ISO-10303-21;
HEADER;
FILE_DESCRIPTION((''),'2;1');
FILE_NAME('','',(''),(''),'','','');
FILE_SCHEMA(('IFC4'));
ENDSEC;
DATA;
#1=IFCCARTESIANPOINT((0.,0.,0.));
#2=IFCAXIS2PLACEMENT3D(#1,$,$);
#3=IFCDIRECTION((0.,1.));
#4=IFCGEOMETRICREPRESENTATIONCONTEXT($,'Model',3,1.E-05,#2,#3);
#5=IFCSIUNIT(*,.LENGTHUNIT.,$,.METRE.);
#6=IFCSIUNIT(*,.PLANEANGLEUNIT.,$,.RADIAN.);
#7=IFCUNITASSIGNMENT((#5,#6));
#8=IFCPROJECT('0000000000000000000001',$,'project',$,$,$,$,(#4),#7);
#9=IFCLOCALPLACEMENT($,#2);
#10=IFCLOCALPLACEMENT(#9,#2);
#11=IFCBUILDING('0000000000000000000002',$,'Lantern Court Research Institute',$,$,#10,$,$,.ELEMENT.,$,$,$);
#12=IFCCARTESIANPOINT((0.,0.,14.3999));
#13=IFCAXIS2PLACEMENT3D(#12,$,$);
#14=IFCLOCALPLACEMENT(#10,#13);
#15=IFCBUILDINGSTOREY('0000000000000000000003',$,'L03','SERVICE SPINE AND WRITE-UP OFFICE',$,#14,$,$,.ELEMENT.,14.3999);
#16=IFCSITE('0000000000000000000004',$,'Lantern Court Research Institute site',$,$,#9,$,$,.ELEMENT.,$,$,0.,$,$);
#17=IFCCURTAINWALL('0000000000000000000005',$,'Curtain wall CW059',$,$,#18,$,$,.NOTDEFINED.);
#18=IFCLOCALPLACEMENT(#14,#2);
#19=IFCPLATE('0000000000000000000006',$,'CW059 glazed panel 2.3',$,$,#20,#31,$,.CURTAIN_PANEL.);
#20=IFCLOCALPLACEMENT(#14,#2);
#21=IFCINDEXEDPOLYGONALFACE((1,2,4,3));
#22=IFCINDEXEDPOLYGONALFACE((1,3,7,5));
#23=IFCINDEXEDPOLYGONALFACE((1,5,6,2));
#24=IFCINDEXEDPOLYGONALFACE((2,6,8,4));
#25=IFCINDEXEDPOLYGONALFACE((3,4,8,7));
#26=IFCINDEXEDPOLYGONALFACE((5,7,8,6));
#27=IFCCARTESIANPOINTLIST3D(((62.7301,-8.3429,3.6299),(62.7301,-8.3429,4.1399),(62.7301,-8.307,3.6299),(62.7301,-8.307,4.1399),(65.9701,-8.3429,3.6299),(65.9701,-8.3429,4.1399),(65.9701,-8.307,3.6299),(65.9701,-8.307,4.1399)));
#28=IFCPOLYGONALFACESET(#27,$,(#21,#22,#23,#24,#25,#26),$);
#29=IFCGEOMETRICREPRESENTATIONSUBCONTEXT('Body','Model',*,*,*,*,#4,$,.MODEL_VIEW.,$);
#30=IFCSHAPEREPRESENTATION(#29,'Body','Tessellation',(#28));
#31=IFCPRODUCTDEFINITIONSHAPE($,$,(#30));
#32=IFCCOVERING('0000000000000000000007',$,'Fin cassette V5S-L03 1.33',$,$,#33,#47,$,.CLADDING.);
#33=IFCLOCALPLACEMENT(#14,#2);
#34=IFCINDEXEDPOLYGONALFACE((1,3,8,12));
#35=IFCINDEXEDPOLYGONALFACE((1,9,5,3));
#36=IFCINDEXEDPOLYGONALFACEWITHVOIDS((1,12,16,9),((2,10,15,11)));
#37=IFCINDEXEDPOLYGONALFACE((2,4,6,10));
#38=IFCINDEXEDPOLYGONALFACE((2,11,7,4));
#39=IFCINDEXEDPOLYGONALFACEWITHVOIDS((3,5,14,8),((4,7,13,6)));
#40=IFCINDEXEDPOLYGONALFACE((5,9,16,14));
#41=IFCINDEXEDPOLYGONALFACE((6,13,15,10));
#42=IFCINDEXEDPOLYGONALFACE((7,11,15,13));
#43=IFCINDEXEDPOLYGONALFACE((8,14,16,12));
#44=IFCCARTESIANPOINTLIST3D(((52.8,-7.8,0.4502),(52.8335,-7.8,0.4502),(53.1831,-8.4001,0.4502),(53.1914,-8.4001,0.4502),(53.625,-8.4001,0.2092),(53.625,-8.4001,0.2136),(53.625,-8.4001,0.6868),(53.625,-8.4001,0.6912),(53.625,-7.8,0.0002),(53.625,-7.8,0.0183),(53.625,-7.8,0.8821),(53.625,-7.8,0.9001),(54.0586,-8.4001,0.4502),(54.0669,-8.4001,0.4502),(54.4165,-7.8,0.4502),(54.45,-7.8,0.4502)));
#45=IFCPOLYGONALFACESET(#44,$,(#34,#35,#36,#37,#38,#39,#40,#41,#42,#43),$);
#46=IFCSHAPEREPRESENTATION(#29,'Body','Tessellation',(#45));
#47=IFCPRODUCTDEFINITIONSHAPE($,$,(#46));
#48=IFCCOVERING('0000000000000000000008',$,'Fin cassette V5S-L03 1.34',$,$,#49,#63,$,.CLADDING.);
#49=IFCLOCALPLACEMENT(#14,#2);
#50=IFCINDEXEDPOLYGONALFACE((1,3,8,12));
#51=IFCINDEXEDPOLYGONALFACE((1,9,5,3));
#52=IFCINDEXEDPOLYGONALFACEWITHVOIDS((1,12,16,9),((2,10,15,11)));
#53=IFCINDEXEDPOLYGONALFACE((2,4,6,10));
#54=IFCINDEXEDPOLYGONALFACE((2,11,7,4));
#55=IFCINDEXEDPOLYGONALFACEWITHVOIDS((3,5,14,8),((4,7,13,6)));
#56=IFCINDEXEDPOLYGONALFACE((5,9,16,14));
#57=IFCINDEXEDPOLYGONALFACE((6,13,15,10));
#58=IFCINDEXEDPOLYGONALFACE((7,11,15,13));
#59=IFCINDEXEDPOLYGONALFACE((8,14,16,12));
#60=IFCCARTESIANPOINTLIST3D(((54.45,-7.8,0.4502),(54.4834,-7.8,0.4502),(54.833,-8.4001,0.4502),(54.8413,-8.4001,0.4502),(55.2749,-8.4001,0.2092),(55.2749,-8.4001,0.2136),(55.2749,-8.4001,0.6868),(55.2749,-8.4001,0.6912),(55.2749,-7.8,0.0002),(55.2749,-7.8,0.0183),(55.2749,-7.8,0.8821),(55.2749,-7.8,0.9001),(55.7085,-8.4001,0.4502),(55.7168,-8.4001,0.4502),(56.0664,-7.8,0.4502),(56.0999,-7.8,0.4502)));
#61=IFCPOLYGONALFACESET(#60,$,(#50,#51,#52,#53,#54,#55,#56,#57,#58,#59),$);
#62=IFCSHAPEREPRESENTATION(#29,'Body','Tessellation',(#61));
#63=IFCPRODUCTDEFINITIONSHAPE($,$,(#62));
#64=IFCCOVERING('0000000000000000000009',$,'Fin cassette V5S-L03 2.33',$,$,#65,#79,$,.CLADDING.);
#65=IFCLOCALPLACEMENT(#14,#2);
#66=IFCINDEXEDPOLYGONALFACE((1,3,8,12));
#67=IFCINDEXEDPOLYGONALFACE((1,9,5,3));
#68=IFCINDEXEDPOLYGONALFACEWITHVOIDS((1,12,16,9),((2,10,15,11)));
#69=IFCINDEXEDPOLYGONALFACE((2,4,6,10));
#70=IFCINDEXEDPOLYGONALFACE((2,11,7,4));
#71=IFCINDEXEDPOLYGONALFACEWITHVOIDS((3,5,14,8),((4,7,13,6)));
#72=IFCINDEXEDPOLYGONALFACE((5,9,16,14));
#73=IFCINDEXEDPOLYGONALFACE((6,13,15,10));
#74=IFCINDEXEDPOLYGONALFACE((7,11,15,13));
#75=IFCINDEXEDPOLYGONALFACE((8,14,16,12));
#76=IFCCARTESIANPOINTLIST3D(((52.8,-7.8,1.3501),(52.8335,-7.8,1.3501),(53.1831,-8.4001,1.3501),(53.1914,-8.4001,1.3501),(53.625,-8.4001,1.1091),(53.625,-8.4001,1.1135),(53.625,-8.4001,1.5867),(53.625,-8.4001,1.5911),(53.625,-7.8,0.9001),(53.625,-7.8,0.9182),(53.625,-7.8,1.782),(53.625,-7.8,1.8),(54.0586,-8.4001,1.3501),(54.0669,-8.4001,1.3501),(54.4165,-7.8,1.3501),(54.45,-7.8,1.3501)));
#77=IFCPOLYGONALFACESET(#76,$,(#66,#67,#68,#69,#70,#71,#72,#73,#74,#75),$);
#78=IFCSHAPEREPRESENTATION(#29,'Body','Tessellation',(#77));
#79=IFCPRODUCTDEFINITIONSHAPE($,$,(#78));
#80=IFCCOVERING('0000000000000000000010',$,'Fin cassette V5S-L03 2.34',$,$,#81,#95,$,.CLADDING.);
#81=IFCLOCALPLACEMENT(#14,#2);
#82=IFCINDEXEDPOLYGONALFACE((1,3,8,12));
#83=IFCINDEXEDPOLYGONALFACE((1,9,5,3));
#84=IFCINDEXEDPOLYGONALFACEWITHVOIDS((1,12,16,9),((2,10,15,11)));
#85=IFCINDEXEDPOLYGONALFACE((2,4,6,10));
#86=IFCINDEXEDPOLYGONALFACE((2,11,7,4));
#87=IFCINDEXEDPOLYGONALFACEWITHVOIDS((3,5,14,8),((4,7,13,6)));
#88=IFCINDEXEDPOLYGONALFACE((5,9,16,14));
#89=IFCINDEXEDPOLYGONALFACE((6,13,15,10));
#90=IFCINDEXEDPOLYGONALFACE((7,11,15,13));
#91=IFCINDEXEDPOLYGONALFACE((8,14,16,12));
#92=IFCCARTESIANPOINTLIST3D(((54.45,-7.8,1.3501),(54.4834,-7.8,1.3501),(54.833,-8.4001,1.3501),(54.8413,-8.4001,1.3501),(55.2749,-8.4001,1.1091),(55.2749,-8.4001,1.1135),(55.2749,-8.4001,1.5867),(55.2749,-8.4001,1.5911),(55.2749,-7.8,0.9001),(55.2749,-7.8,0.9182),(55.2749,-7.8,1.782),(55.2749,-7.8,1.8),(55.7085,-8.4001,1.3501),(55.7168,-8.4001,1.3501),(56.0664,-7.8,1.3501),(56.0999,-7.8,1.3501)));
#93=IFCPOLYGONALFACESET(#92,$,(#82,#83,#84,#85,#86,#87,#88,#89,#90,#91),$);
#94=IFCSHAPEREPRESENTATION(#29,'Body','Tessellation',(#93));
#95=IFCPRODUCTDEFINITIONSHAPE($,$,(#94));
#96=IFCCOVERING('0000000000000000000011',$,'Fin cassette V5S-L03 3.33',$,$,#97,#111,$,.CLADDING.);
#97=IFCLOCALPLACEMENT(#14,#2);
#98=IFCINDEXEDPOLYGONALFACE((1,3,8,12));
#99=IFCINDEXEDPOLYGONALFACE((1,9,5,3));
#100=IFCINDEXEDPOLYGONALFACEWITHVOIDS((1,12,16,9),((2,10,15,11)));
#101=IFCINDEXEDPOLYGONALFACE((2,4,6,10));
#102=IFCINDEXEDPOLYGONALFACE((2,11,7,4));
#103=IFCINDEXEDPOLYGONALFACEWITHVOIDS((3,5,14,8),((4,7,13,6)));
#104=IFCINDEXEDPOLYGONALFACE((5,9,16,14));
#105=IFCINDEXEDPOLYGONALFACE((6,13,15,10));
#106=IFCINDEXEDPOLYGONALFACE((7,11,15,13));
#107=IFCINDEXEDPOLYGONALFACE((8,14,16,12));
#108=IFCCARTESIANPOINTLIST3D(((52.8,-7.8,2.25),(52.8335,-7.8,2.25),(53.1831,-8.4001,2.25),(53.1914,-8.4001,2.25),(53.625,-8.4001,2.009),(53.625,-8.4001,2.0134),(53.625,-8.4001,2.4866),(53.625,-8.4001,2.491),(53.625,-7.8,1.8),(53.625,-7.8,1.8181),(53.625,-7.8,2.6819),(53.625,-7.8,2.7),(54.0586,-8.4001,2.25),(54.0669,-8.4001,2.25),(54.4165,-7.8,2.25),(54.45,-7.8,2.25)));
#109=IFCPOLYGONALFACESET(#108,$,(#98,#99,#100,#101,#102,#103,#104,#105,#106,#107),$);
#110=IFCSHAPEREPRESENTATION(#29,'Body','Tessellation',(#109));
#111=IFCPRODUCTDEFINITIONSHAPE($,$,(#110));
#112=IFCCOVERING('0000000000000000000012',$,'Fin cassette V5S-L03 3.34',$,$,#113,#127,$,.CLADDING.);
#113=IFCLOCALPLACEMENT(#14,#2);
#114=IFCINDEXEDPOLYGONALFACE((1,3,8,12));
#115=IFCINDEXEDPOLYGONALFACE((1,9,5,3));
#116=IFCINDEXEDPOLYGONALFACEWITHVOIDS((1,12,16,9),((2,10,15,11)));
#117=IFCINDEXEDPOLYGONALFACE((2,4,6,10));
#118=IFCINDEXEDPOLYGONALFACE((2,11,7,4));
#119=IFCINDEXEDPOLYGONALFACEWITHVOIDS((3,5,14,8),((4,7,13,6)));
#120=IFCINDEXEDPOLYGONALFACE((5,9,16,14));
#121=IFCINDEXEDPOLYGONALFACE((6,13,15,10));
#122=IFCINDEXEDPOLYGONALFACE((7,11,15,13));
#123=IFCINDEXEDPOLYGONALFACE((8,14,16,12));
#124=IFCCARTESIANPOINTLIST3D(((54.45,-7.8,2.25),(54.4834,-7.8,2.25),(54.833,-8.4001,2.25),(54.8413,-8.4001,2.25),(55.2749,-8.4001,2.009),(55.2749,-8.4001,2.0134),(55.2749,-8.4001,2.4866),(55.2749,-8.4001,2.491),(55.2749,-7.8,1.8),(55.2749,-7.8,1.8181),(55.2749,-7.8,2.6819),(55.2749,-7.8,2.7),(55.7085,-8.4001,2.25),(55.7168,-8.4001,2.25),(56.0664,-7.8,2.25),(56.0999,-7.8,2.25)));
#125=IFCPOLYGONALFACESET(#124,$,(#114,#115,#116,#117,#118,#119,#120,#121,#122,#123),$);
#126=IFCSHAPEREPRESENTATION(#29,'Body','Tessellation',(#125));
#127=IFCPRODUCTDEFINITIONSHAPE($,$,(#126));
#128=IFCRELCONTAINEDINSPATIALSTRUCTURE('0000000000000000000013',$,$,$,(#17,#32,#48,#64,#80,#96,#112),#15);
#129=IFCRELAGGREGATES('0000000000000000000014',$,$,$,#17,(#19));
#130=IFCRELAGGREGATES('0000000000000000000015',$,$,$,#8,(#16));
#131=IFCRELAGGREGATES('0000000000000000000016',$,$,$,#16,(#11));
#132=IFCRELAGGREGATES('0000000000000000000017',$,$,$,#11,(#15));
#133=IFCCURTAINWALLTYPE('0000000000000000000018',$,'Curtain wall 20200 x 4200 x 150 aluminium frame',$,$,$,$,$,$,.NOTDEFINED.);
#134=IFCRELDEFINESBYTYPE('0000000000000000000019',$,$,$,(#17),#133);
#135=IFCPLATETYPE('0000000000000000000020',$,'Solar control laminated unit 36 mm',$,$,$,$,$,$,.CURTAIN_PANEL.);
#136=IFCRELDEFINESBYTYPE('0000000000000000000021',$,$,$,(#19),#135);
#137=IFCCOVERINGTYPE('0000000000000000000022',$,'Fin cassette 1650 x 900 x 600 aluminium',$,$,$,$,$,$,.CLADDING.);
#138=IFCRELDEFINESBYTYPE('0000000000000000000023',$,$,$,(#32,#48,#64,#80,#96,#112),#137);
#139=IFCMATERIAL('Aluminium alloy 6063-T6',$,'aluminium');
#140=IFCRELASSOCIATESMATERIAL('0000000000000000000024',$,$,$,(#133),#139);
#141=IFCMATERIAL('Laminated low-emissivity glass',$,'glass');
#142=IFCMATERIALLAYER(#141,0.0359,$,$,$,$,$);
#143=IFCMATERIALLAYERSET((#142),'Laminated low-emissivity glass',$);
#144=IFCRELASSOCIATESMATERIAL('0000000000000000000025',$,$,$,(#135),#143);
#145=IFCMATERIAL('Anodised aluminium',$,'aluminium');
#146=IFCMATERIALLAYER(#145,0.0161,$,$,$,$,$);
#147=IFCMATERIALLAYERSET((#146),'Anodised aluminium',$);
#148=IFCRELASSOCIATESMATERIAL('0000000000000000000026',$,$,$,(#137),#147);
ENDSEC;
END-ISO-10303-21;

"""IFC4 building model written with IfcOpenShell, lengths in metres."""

from ifc_helpers import new_model, entity, si_unit, direction, frame, origin, origin_2d, place, context, subcontext, project, spatial, rectangle, extrude, material, layer, layer_set, type_object, element, aggregate, save


model = new_model("IFC4")

# Units and contexts
model_context = context("Model", 3, precision=1e-05, world=origin(), true_north=direction((0.0, 1.0)))
body_context = subcontext(model_context, "Body", "Model", "MODEL_VIEW")
ifc_project = project(units=[si_unit("LENGTHUNIT", "METRE"), si_unit("PLANEANGLEUNIT", "RADIAN")], contexts=[model_context])

# Site, building, storey
site_placement = place(None, origin())
site = spatial("IfcSite", under=ifc_project, at=site_placement, Name="Lantern Court Research Institute site", CompositionType="ELEMENT", RefElevation=0.0)
building_placement = place(site_placement, origin())
building = spatial("IfcBuilding", under=site, at=building_placement, Name="Lantern Court Research Institute", CompositionType="ELEMENT")
storey_placement = place(building_placement, frame((0.0, 0.0, 14.3999)))
storey = spatial("IfcBuildingStorey", under=building, at=storey_placement, Name="L03", Description="SERVICE SPINE AND WRITE-UP OFFICE", CompositionType="ELEMENT", Elevation=14.3999)

# Curtain wall, plate
ifc_material_1 = material(Name="Aluminium alloy 6063-T6", Category="aluminium")
curtain_wall_type = type_object("IfcCurtainWallType", Name="Curtain wall 20200 x 4200 x 150 aluminium frame", PredefinedType="NOTDEFINED", material=ifc_material_1)
curtain_wall_placement = place(storey_placement, origin())
curtain_wall = element("IfcCurtainWall", 1, at=curtain_wall_placement, inside=storey, type_object=curtain_wall_type, Name="Curtain wall CW059", PredefinedType="NOTDEFINED")
ifc_material_2 = material(Name="Laminated low-emissivity glass", Category="glass")
ifc_layer_1 = layer(ifc_material_2, 0.0359)
ifc_layer_set_1 = layer_set([ifc_layer_1], Name="Laminated low-emissivity glass")
plate_type_1 = type_object("IfcPlateType", Name="Solar control laminated unit 36 mm", PredefinedType="CURTAIN_PANEL", material=ifc_layer_set_1)
plate_1_placement = place(storey_placement, frame((64.3501, -8.325, 3.6299), z_axis=(0.0, 0.0, 1.0), x_axis=(-1.0, 0.0, 0.0)))
plate_1 = element("IfcPlate", 2, at=plate_1_placement, type_object=plate_type_1, Name="CW059 glazed panel 2.3", PredefinedType="CURTAIN_PANEL", context=body_context, shape_type="SweptSolid", body=[
    extrude(rectangle(XDim=3.24, YDim=0.0359, at=origin_2d()), origin(), (0.0, 0.0, 1.0), 0.51),
])
aggregate(curtain_wall, [plate_1])

# Coverings
ifc_material_3 = material(Name="Anodised aluminium", Category="aluminium")
ifc_layer_2 = layer(ifc_material_3, 0.0161)
ifc_layer_set_2 = layer_set([ifc_layer_2], Name="Anodised aluminium")
covering_type = type_object("IfcCoveringType", Name="Fin cassette 1650 x 900 x 600 aluminium", PredefinedType="CLADDING", material=ifc_layer_set_2)
covering_1_placement = place(storey_placement, frame((53.625, -7.8, 0.4502), z_axis=(0.0, -1.0, 0.0), x_axis=(1.0, 0.0, 0.0)))
cartesian_point_1 = entity("IfcCartesianPoint", [0.825, 0.0])
cartesian_point_2 = entity("IfcCartesianPoint", [0.7915, 0.0])
cartesian_point_3 = entity("IfcCartesianPoint", [0.4419, 0.0])
cartesian_point_4 = entity("IfcCartesianPoint", [0.4336, 0.0])
element("IfcCovering", 3, at=covering_1_placement, inside=storey, type_object=covering_type, Name="Fin cassette V5S-L03 1.33", PredefinedType="CLADDING", context=body_context, shape_type="SweptSolid", body=[
    entity("IfcExtrudedAreaSolidTapered", entity("IfcArbitraryProfileDefWithVoids", "AREA", None, entity("IfcPolyline", [cartesian_point_1, entity("IfcCartesianPoint", [0.0, 0.45]), entity("IfcCartesianPoint", [-0.825, 0.0]), entity("IfcCartesianPoint", [0.0, -0.45]), cartesian_point_1]), [entity("IfcPolyline", [cartesian_point_2, entity("IfcCartesianPoint", [0.0, 0.4319]), entity("IfcCartesianPoint", [-0.7915, 0.0]), entity("IfcCartesianPoint", [0.0, -0.4319]), cartesian_point_2])]), entity("IfcAxis2Placement3D", entity("IfcCartesianPoint", [0.0, 0.0, 0.0])), entity("IfcDirection", [0.0, 0.0, 1.0]), 0.6001, entity("IfcArbitraryProfileDefWithVoids", "AREA", None, entity("IfcPolyline", [cartesian_point_3, entity("IfcCartesianPoint", [0.0, 0.241]), entity("IfcCartesianPoint", [-0.4419, 0.0]), entity("IfcCartesianPoint", [0.0, -0.241]), cartesian_point_3]), [entity("IfcPolyline", [cartesian_point_4, entity("IfcCartesianPoint", [0.0, 0.2366]), entity("IfcCartesianPoint", [-0.4336, 0.0]), entity("IfcCartesianPoint", [0.0, -0.2366]), cartesian_point_4])])),
])
covering_2_placement = place(storey_placement, frame((55.2749, -7.8, 0.4502), z_axis=(0.0, -1.0, 0.0), x_axis=(1.0, 0.0, 0.0)))
cartesian_point_5 = entity("IfcCartesianPoint", [0.825, 0.0])
cartesian_point_6 = entity("IfcCartesianPoint", [0.7915, 0.0])
cartesian_point_7 = entity("IfcCartesianPoint", [0.4419, 0.0])
cartesian_point_8 = entity("IfcCartesianPoint", [0.4336, 0.0])
element("IfcCovering", 4, at=covering_2_placement, inside=storey, type_object=covering_type, Name="Fin cassette V5S-L03 1.34", PredefinedType="CLADDING", context=body_context, shape_type="SweptSolid", body=[
    entity("IfcExtrudedAreaSolidTapered", entity("IfcArbitraryProfileDefWithVoids", "AREA", None, entity("IfcPolyline", [cartesian_point_5, entity("IfcCartesianPoint", [0.0, 0.45]), entity("IfcCartesianPoint", [-0.825, 0.0]), entity("IfcCartesianPoint", [0.0, -0.45]), cartesian_point_5]), [entity("IfcPolyline", [cartesian_point_6, entity("IfcCartesianPoint", [0.0, 0.4319]), entity("IfcCartesianPoint", [-0.7915, 0.0]), entity("IfcCartesianPoint", [0.0, -0.4319]), cartesian_point_6])]), entity("IfcAxis2Placement3D", entity("IfcCartesianPoint", [0.0, 0.0, 0.0])), entity("IfcDirection", [0.0, 0.0, 1.0]), 0.6001, entity("IfcArbitraryProfileDefWithVoids", "AREA", None, entity("IfcPolyline", [cartesian_point_7, entity("IfcCartesianPoint", [0.0, 0.241]), entity("IfcCartesianPoint", [-0.4419, 0.0]), entity("IfcCartesianPoint", [0.0, -0.241]), cartesian_point_7]), [entity("IfcPolyline", [cartesian_point_8, entity("IfcCartesianPoint", [0.0, 0.2366]), entity("IfcCartesianPoint", [-0.4336, 0.0]), entity("IfcCartesianPoint", [0.0, -0.2366]), cartesian_point_8])])),
])
covering_3_placement = place(storey_placement, frame((53.625, -7.8, 1.3501), z_axis=(0.0, -1.0, 0.0), x_axis=(1.0, 0.0, 0.0)))
cartesian_point_9 = entity("IfcCartesianPoint", [0.825, 0.0])
cartesian_point_10 = entity("IfcCartesianPoint", [0.7915, 0.0])
cartesian_point_11 = entity("IfcCartesianPoint", [0.4419, 0.0])
cartesian_point_12 = entity("IfcCartesianPoint", [0.4336, 0.0])
element("IfcCovering", 5, at=covering_3_placement, inside=storey, type_object=covering_type, Name="Fin cassette V5S-L03 2.33", PredefinedType="CLADDING", context=body_context, shape_type="SweptSolid", body=[
    entity("IfcExtrudedAreaSolidTapered", entity("IfcArbitraryProfileDefWithVoids", "AREA", None, entity("IfcPolyline", [cartesian_point_9, entity("IfcCartesianPoint", [0.0, 0.45]), entity("IfcCartesianPoint", [-0.825, 0.0]), entity("IfcCartesianPoint", [0.0, -0.45]), cartesian_point_9]), [entity("IfcPolyline", [cartesian_point_10, entity("IfcCartesianPoint", [0.0, 0.4319]), entity("IfcCartesianPoint", [-0.7915, 0.0]), entity("IfcCartesianPoint", [0.0, -0.4319]), cartesian_point_10])]), entity("IfcAxis2Placement3D", entity("IfcCartesianPoint", [0.0, 0.0, 0.0])), entity("IfcDirection", [0.0, 0.0, 1.0]), 0.6001, entity("IfcArbitraryProfileDefWithVoids", "AREA", None, entity("IfcPolyline", [cartesian_point_11, entity("IfcCartesianPoint", [0.0, 0.241]), entity("IfcCartesianPoint", [-0.4419, 0.0]), entity("IfcCartesianPoint", [0.0, -0.241]), cartesian_point_11]), [entity("IfcPolyline", [cartesian_point_12, entity("IfcCartesianPoint", [0.0, 0.2366]), entity("IfcCartesianPoint", [-0.4336, 0.0]), entity("IfcCartesianPoint", [0.0, -0.2366]), cartesian_point_12])])),
])
covering_4_placement = place(storey_placement, frame((55.2749, -7.8, 1.3501), z_axis=(0.0, -1.0, 0.0), x_axis=(1.0, 0.0, 0.0)))
cartesian_point_13 = entity("IfcCartesianPoint", [0.825, 0.0])
cartesian_point_14 = entity("IfcCartesianPoint", [0.7915, 0.0])
cartesian_point_15 = entity("IfcCartesianPoint", [0.4419, 0.0])
cartesian_point_16 = entity("IfcCartesianPoint", [0.4336, 0.0])
element("IfcCovering", 6, at=covering_4_placement, inside=storey, type_object=covering_type, Name="Fin cassette V5S-L03 2.34", PredefinedType="CLADDING", context=body_context, shape_type="SweptSolid", body=[
    entity("IfcExtrudedAreaSolidTapered", entity("IfcArbitraryProfileDefWithVoids", "AREA", None, entity("IfcPolyline", [cartesian_point_13, entity("IfcCartesianPoint", [0.0, 0.45]), entity("IfcCartesianPoint", [-0.825, 0.0]), entity("IfcCartesianPoint", [0.0, -0.45]), cartesian_point_13]), [entity("IfcPolyline", [cartesian_point_14, entity("IfcCartesianPoint", [0.0, 0.4319]), entity("IfcCartesianPoint", [-0.7915, 0.0]), entity("IfcCartesianPoint", [0.0, -0.4319]), cartesian_point_14])]), entity("IfcAxis2Placement3D", entity("IfcCartesianPoint", [0.0, 0.0, 0.0])), entity("IfcDirection", [0.0, 0.0, 1.0]), 0.6001, entity("IfcArbitraryProfileDefWithVoids", "AREA", None, entity("IfcPolyline", [cartesian_point_15, entity("IfcCartesianPoint", [0.0, 0.241]), entity("IfcCartesianPoint", [-0.4419, 0.0]), entity("IfcCartesianPoint", [0.0, -0.241]), cartesian_point_15]), [entity("IfcPolyline", [cartesian_point_16, entity("IfcCartesianPoint", [0.0, 0.2366]), entity("IfcCartesianPoint", [-0.4336, 0.0]), entity("IfcCartesianPoint", [0.0, -0.2366]), cartesian_point_16])])),
])
covering_5_placement = place(storey_placement, frame((53.625, -7.8, 2.25), z_axis=(0.0, -1.0, 0.0), x_axis=(1.0, 0.0, 0.0)))
cartesian_point_17 = entity("IfcCartesianPoint", [0.825, 0.0])
cartesian_point_18 = entity("IfcCartesianPoint", [0.7915, 0.0])
cartesian_point_19 = entity("IfcCartesianPoint", [0.4419, 0.0])
cartesian_point_20 = entity("IfcCartesianPoint", [0.4336, 0.0])
element("IfcCovering", 7, at=covering_5_placement, inside=storey, type_object=covering_type, Name="Fin cassette V5S-L03 3.33", PredefinedType="CLADDING", context=body_context, shape_type="SweptSolid", body=[
    entity("IfcExtrudedAreaSolidTapered", entity("IfcArbitraryProfileDefWithVoids", "AREA", None, entity("IfcPolyline", [cartesian_point_17, entity("IfcCartesianPoint", [0.0, 0.45]), entity("IfcCartesianPoint", [-0.825, 0.0]), entity("IfcCartesianPoint", [0.0, -0.45]), cartesian_point_17]), [entity("IfcPolyline", [cartesian_point_18, entity("IfcCartesianPoint", [0.0, 0.4319]), entity("IfcCartesianPoint", [-0.7915, 0.0]), entity("IfcCartesianPoint", [0.0, -0.4319]), cartesian_point_18])]), entity("IfcAxis2Placement3D", entity("IfcCartesianPoint", [0.0, 0.0, 0.0])), entity("IfcDirection", [0.0, 0.0, 1.0]), 0.6001, entity("IfcArbitraryProfileDefWithVoids", "AREA", None, entity("IfcPolyline", [cartesian_point_19, entity("IfcCartesianPoint", [0.0, 0.241]), entity("IfcCartesianPoint", [-0.4419, 0.0]), entity("IfcCartesianPoint", [0.0, -0.241]), cartesian_point_19]), [entity("IfcPolyline", [cartesian_point_20, entity("IfcCartesianPoint", [0.0, 0.2366]), entity("IfcCartesianPoint", [-0.4336, 0.0]), entity("IfcCartesianPoint", [0.0, -0.2366]), cartesian_point_20])])),
])
covering_6_placement = place(storey_placement, frame((55.2749, -7.8, 2.25), z_axis=(0.0, -1.0, 0.0), x_axis=(1.0, 0.0, 0.0)))
cartesian_point_21 = entity("IfcCartesianPoint", [0.825, 0.0])
cartesian_point_22 = entity("IfcCartesianPoint", [0.7915, 0.0])
cartesian_point_23 = entity("IfcCartesianPoint", [0.4419, 0.0])
cartesian_point_24 = entity("IfcCartesianPoint", [0.4336, 0.0])
element("IfcCovering", 8, at=covering_6_placement, inside=storey, type_object=covering_type, Name="Fin cassette V5S-L03 3.34", PredefinedType="CLADDING", context=body_context, shape_type="SweptSolid", body=[
    entity("IfcExtrudedAreaSolidTapered", entity("IfcArbitraryProfileDefWithVoids", "AREA", None, entity("IfcPolyline", [cartesian_point_21, entity("IfcCartesianPoint", [0.0, 0.45]), entity("IfcCartesianPoint", [-0.825, 0.0]), entity("IfcCartesianPoint", [0.0, -0.45]), cartesian_point_21]), [entity("IfcPolyline", [cartesian_point_22, entity("IfcCartesianPoint", [0.0, 0.4319]), entity("IfcCartesianPoint", [-0.7915, 0.0]), entity("IfcCartesianPoint", [0.0, -0.4319]), cartesian_point_22])]), entity("IfcAxis2Placement3D", entity("IfcCartesianPoint", [0.0, 0.0, 0.0])), entity("IfcDirection", [0.0, 0.0, 1.0]), 0.6001, entity("IfcArbitraryProfileDefWithVoids", "AREA", None, entity("IfcPolyline", [cartesian_point_23, entity("IfcCartesianPoint", [0.0, 0.241]), entity("IfcCartesianPoint", [-0.4419, 0.0]), entity("IfcCartesianPoint", [0.0, -0.241]), cartesian_point_23]), [entity("IfcPolyline", [cartesian_point_24, entity("IfcCartesianPoint", [0.0, 0.2366]), entity("IfcCartesianPoint", [-0.4336, 0.0]), entity("IfcCartesianPoint", [0.0, -0.2366]), cartesian_point_24])])),
])

save(model, "model.ifc")
